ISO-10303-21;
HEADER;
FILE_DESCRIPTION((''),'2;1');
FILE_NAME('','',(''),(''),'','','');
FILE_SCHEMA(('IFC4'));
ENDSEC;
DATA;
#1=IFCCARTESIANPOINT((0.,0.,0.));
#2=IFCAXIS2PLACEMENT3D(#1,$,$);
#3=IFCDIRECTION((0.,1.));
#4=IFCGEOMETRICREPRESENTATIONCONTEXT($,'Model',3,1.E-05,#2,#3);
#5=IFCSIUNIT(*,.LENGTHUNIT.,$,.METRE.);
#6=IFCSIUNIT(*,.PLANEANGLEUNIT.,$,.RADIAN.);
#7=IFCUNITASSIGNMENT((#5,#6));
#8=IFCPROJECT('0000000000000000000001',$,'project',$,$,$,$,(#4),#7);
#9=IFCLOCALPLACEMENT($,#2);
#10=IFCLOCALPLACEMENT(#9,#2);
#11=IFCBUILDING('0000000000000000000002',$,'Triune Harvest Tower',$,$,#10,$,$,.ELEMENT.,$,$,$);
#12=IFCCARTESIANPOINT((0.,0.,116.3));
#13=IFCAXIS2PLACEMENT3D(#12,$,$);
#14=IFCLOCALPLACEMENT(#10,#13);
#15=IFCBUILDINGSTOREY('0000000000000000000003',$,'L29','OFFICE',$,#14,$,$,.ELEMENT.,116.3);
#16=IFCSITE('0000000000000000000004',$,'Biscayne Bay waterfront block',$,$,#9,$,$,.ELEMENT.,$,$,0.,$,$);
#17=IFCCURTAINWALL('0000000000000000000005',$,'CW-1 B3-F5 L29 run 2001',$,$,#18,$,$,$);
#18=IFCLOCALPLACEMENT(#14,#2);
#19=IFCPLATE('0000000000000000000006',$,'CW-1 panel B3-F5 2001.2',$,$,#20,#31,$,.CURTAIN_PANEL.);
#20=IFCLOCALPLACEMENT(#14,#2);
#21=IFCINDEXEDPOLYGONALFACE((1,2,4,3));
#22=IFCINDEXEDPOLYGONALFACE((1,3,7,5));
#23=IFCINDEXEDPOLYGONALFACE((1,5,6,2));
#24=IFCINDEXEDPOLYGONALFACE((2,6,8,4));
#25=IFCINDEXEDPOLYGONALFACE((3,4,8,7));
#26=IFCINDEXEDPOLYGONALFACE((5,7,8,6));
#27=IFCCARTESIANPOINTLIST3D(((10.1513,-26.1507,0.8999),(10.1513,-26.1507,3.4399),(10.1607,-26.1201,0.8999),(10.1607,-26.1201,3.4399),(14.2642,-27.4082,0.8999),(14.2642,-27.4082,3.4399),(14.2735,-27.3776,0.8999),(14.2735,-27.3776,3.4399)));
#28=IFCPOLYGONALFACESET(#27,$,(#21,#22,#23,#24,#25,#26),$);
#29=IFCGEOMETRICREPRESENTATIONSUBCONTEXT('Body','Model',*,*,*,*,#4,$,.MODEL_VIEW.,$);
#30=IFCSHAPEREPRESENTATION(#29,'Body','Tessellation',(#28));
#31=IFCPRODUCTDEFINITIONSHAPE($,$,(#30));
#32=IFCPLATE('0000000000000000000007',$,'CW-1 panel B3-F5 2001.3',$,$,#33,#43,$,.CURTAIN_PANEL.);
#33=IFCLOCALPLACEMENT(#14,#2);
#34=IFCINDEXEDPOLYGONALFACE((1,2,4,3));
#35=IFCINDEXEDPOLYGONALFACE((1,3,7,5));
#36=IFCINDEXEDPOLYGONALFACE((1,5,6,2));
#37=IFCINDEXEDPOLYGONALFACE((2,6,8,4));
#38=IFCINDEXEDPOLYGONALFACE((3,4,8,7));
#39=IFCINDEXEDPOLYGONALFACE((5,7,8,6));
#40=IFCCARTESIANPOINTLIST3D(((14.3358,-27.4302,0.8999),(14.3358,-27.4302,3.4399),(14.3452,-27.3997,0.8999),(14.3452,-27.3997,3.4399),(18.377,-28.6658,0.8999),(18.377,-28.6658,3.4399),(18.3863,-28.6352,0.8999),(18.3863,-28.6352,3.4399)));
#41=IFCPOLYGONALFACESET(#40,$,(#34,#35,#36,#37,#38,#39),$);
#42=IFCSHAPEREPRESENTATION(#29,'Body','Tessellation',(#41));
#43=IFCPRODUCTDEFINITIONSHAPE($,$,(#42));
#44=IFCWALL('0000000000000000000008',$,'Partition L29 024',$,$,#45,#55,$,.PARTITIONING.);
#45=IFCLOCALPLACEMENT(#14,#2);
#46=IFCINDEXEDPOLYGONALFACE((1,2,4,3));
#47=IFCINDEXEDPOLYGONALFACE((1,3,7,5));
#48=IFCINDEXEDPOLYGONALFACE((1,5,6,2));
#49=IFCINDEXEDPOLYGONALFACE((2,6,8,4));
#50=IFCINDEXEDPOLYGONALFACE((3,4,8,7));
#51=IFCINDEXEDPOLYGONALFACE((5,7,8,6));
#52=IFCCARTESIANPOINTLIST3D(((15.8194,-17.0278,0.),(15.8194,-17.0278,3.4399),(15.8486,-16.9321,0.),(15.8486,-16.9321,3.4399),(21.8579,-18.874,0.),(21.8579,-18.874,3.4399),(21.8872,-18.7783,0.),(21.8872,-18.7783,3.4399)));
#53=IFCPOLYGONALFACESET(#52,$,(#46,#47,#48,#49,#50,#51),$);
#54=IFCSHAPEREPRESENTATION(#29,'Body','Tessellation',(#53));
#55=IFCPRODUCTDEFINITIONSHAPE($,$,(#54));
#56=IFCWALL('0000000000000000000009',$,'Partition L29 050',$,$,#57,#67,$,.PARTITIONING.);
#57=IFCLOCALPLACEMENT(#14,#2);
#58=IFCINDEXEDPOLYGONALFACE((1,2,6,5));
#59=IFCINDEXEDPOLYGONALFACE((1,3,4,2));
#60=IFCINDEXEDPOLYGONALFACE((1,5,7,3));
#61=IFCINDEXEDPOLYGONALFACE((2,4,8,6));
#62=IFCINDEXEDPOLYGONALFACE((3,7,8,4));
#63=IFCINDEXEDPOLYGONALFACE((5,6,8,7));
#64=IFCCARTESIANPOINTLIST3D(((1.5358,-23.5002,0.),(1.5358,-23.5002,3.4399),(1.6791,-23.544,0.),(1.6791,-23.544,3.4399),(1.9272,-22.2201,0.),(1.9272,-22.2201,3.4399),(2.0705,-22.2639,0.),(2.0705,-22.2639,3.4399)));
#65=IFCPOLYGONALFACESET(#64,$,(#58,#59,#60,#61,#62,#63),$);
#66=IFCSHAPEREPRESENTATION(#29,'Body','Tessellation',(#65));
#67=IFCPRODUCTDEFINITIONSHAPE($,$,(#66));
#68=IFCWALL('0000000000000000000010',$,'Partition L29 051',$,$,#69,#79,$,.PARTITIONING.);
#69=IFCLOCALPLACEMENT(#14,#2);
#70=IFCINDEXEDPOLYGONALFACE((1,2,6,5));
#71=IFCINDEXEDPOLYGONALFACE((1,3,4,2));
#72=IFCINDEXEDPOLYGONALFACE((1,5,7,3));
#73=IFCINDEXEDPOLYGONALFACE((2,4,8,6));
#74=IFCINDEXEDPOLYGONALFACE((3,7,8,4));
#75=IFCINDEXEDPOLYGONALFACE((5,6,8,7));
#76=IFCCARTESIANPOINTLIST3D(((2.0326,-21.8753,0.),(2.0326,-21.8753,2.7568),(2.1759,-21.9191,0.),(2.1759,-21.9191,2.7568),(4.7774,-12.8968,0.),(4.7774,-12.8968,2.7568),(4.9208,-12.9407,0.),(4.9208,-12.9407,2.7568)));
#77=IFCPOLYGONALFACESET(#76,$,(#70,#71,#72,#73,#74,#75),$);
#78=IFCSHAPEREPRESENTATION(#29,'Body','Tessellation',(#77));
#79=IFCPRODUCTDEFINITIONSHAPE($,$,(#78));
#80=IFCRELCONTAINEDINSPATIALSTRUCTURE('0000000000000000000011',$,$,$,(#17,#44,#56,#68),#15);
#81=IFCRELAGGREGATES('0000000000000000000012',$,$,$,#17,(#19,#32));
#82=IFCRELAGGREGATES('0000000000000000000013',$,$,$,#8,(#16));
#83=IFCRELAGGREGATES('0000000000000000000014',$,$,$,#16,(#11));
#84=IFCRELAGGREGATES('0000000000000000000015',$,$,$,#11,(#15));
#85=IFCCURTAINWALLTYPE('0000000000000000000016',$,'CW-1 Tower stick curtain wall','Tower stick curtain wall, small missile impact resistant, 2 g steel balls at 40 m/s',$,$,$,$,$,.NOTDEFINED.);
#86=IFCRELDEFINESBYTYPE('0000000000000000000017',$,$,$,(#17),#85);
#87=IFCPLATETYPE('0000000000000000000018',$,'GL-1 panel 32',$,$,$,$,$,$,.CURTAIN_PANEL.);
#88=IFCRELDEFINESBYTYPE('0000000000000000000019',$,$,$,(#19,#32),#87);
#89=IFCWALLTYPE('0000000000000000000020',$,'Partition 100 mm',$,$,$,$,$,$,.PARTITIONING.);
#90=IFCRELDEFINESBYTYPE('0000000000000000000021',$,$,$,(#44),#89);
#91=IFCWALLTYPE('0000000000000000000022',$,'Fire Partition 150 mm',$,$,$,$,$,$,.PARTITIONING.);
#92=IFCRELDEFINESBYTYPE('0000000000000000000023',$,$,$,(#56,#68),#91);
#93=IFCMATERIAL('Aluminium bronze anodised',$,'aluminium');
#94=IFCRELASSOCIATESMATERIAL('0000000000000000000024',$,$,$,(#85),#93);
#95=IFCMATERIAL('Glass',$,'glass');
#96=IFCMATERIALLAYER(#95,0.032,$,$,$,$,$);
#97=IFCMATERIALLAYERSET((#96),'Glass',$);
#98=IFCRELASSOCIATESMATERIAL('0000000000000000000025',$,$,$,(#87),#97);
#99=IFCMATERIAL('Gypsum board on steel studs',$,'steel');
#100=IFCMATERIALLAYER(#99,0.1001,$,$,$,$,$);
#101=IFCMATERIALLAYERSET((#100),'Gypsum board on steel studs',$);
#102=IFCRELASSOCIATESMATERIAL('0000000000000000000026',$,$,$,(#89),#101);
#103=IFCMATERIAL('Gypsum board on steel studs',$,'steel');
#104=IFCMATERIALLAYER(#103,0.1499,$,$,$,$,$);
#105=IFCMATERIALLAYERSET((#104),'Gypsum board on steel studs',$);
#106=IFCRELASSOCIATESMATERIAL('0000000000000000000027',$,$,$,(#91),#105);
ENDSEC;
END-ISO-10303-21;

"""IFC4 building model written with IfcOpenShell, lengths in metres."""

from ifc_helpers import new_model, si_unit, direction, frame, frame_2d, origin, origin_2d, place, context, subcontext, project, spatial, rectangle, extrude, source, transform, mapped, material, layer, layer_set, type_object, element, aggregate, save


model = new_model("IFC4")

# Units and contexts
model_context = context("Model", 3, precision=1e-05, world=origin(), true_north=direction((0.0, 1.0)))
body_context = subcontext(model_context, "Body", "Model", "MODEL_VIEW")
ifc_project = project(units=[si_unit("LENGTHUNIT", "METRE"), si_unit("PLANEANGLEUNIT", "RADIAN")], contexts=[model_context])

# Site, building, storey
site_placement = place(None, origin())
site = spatial("IfcSite", under=ifc_project, at=site_placement, Name="Biscayne Bay waterfront block", CompositionType="ELEMENT", RefElevation=0.0)
building_placement = place(site_placement, origin())
building = spatial("IfcBuilding", under=site, at=building_placement, Name="Triune Harvest Tower", CompositionType="ELEMENT")
storey_placement = place(building_placement, frame((0.0, 0.0, 116.3)))
storey = spatial("IfcBuildingStorey", under=building, at=storey_placement, Name="L29", Description="OFFICE", CompositionType="ELEMENT", Elevation=116.3)

# Curtain wall
ifc_material_1 = material(Name="Aluminium bronze anodised", Category="aluminium")
curtain_wall_type_1 = type_object("IfcCurtainWallType", Name="CW-1 Tower stick curtain wall", Description="Tower stick curtain wall, small missile impact resistant, 2 g steel balls at 40 m/s", PredefinedType="NOTDEFINED", material=ifc_material_1)
curtain_wall_1_placement = place(storey_placement, origin())
curtain_wall_1 = element("IfcCurtainWall", 1, at=curtain_wall_1_placement, inside=storey, type_object=curtain_wall_type_1, Name="CW-1 B3-F5 L29 run 2001")

# Plates
ifc_material_2 = material(Name="Glass", Category="glass")
ifc_layer_1 = layer(ifc_material_2, 0.032)
ifc_layer_set_1 = layer_set([ifc_layer_1], Name="Glass")
plate_type_1 = type_object("IfcPlateType", Name="GL-1 panel 32", PredefinedType="CURTAIN_PANEL", material=ifc_layer_set_1)
shared_shape_1 = source(origin(), body_context, "Body", "SweptSolid", [
    extrude(rectangle(XDim=4.3008, YDim=0.032, at=origin_2d()), origin(), (0.0, 0.0, 1.0), 2.54),
])
plate_1_placement = place(storey_placement, frame((12.2124, -26.7642, 0.8999), z_axis=(0.0, 0.0, 1.0), x_axis=(0.956304, -0.292374, 0.0)))
plate_1 = element("IfcPlate", 2, at=plate_1_placement, type_object=plate_type_1, Name="CW-1 panel B3-F5 2001.2", PredefinedType="CURTAIN_PANEL", context=body_context, shape_type="MappedRepresentation", body=[
    mapped(shared_shape_1, transform((0.0, 0.0, 0.0), scale=1.0)),
])
shared_shape_2 = source(origin(), body_context, "Body", "SweptSolid", [
    extrude(rectangle(XDim=4.2258, YDim=0.032, at=origin_2d()), origin(), (0.0, 0.0, 1.0), 2.54),
])
plate_2_placement = place(storey_placement, frame((16.3611, -28.0327, 0.8999), z_axis=(0.0, 0.0, 1.0), x_axis=(0.956304, -0.292374, 0.0)))
plate_2 = element("IfcPlate", 3, at=plate_2_placement, type_object=plate_type_1, Name="CW-1 panel B3-F5 2001.3", PredefinedType="CURTAIN_PANEL", context=body_context, shape_type="MappedRepresentation", body=[
    mapped(shared_shape_2, transform((0.0, 0.0, 0.0), scale=1.0)),
])
aggregate(curtain_wall_1, [plate_1, plate_2])

# Walls
ifc_material_3 = material(Name="Gypsum board on steel studs", Category="steel")
ifc_layer_2 = layer(ifc_material_3, 0.1001)
ifc_layer_set_2 = layer_set([ifc_layer_2], Name="Gypsum board on steel studs")
wall_type_1 = type_object("IfcWallType", Name="Partition 100 mm", PredefinedType="PARTITIONING", material=ifc_layer_set_2)
shared_shape_3 = source(origin(), body_context, "Body", "SweptSolid", [
    extrude(rectangle(XDim=6.3145, YDim=0.1001, at=frame_2d((3.1572, 0.0))), origin(), (0.0, 0.0, 1.0), 3.4399),
])
wall_1_placement = place(storey_placement, frame((15.834, -16.98, 0.0), z_axis=(0.0, 0.0, 1.0), x_axis=(0.956304, -0.292374, 0.0)))
element("IfcWall", 4, at=wall_1_placement, inside=storey, type_object=wall_type_1, Name="Partition L29 024", PredefinedType="PARTITIONING", context=body_context, shape_type="MappedRepresentation", body=[
    mapped(shared_shape_3, transform((0.0, 0.0, 0.0), scale=1.0)),
])
ifc_material_4 = material(Name="Gypsum board on steel studs", Category="steel")
ifc_layer_3 = layer(ifc_material_4, 0.1499)
ifc_layer_set_3 = layer_set([ifc_layer_3], Name="Gypsum board on steel studs")
wall_type_2 = type_object("IfcWallType", Name="Fire Partition 150 mm", PredefinedType="PARTITIONING", material=ifc_layer_set_3)
shared_shape_4 = source(origin(), body_context, "Body", "SweptSolid", [
    extrude(rectangle(XDim=1.3386, YDim=0.1499, at=frame_2d((0.6694, 0.0))), origin(), (0.0, 0.0, 1.0), 3.4399),
])
wall_2_placement = place(storey_placement, frame((1.6074, -23.5222, 0.0), z_axis=(0.0, 0.0, 1.0), x_axis=(0.292381, 0.956302, 0.0)))
element("IfcWall", 5, at=wall_2_placement, inside=storey, type_object=wall_type_2, Name="Partition L29 050", PredefinedType="PARTITIONING", context=body_context, shape_type="MappedRepresentation", body=[
    mapped(shared_shape_4, transform((0.0, 0.0, 0.0), scale=1.0)),
])
shared_shape_5 = source(origin(), body_context, "Body", "SweptSolid", [
    extrude(rectangle(XDim=9.3887, YDim=0.1499, at=frame_2d((4.6943, 0.0))), origin(), (0.0, 0.0, 1.0), 2.7568),
])
wall_3_placement = place(storey_placement, frame((2.1042, -21.8972, 0.0), z_axis=(0.0, 0.0, 1.0), x_axis=(0.292359, 0.956309, 0.0)))
element("IfcWall", 6, at=wall_3_placement, inside=storey, type_object=wall_type_2, Name="Partition L29 051", PredefinedType="PARTITIONING", context=body_context, shape_type="MappedRepresentation", body=[
    mapped(shared_shape_5, transform((0.0, 0.0, 0.0), scale=1.0)),
])

save(model, "model.ifc")
